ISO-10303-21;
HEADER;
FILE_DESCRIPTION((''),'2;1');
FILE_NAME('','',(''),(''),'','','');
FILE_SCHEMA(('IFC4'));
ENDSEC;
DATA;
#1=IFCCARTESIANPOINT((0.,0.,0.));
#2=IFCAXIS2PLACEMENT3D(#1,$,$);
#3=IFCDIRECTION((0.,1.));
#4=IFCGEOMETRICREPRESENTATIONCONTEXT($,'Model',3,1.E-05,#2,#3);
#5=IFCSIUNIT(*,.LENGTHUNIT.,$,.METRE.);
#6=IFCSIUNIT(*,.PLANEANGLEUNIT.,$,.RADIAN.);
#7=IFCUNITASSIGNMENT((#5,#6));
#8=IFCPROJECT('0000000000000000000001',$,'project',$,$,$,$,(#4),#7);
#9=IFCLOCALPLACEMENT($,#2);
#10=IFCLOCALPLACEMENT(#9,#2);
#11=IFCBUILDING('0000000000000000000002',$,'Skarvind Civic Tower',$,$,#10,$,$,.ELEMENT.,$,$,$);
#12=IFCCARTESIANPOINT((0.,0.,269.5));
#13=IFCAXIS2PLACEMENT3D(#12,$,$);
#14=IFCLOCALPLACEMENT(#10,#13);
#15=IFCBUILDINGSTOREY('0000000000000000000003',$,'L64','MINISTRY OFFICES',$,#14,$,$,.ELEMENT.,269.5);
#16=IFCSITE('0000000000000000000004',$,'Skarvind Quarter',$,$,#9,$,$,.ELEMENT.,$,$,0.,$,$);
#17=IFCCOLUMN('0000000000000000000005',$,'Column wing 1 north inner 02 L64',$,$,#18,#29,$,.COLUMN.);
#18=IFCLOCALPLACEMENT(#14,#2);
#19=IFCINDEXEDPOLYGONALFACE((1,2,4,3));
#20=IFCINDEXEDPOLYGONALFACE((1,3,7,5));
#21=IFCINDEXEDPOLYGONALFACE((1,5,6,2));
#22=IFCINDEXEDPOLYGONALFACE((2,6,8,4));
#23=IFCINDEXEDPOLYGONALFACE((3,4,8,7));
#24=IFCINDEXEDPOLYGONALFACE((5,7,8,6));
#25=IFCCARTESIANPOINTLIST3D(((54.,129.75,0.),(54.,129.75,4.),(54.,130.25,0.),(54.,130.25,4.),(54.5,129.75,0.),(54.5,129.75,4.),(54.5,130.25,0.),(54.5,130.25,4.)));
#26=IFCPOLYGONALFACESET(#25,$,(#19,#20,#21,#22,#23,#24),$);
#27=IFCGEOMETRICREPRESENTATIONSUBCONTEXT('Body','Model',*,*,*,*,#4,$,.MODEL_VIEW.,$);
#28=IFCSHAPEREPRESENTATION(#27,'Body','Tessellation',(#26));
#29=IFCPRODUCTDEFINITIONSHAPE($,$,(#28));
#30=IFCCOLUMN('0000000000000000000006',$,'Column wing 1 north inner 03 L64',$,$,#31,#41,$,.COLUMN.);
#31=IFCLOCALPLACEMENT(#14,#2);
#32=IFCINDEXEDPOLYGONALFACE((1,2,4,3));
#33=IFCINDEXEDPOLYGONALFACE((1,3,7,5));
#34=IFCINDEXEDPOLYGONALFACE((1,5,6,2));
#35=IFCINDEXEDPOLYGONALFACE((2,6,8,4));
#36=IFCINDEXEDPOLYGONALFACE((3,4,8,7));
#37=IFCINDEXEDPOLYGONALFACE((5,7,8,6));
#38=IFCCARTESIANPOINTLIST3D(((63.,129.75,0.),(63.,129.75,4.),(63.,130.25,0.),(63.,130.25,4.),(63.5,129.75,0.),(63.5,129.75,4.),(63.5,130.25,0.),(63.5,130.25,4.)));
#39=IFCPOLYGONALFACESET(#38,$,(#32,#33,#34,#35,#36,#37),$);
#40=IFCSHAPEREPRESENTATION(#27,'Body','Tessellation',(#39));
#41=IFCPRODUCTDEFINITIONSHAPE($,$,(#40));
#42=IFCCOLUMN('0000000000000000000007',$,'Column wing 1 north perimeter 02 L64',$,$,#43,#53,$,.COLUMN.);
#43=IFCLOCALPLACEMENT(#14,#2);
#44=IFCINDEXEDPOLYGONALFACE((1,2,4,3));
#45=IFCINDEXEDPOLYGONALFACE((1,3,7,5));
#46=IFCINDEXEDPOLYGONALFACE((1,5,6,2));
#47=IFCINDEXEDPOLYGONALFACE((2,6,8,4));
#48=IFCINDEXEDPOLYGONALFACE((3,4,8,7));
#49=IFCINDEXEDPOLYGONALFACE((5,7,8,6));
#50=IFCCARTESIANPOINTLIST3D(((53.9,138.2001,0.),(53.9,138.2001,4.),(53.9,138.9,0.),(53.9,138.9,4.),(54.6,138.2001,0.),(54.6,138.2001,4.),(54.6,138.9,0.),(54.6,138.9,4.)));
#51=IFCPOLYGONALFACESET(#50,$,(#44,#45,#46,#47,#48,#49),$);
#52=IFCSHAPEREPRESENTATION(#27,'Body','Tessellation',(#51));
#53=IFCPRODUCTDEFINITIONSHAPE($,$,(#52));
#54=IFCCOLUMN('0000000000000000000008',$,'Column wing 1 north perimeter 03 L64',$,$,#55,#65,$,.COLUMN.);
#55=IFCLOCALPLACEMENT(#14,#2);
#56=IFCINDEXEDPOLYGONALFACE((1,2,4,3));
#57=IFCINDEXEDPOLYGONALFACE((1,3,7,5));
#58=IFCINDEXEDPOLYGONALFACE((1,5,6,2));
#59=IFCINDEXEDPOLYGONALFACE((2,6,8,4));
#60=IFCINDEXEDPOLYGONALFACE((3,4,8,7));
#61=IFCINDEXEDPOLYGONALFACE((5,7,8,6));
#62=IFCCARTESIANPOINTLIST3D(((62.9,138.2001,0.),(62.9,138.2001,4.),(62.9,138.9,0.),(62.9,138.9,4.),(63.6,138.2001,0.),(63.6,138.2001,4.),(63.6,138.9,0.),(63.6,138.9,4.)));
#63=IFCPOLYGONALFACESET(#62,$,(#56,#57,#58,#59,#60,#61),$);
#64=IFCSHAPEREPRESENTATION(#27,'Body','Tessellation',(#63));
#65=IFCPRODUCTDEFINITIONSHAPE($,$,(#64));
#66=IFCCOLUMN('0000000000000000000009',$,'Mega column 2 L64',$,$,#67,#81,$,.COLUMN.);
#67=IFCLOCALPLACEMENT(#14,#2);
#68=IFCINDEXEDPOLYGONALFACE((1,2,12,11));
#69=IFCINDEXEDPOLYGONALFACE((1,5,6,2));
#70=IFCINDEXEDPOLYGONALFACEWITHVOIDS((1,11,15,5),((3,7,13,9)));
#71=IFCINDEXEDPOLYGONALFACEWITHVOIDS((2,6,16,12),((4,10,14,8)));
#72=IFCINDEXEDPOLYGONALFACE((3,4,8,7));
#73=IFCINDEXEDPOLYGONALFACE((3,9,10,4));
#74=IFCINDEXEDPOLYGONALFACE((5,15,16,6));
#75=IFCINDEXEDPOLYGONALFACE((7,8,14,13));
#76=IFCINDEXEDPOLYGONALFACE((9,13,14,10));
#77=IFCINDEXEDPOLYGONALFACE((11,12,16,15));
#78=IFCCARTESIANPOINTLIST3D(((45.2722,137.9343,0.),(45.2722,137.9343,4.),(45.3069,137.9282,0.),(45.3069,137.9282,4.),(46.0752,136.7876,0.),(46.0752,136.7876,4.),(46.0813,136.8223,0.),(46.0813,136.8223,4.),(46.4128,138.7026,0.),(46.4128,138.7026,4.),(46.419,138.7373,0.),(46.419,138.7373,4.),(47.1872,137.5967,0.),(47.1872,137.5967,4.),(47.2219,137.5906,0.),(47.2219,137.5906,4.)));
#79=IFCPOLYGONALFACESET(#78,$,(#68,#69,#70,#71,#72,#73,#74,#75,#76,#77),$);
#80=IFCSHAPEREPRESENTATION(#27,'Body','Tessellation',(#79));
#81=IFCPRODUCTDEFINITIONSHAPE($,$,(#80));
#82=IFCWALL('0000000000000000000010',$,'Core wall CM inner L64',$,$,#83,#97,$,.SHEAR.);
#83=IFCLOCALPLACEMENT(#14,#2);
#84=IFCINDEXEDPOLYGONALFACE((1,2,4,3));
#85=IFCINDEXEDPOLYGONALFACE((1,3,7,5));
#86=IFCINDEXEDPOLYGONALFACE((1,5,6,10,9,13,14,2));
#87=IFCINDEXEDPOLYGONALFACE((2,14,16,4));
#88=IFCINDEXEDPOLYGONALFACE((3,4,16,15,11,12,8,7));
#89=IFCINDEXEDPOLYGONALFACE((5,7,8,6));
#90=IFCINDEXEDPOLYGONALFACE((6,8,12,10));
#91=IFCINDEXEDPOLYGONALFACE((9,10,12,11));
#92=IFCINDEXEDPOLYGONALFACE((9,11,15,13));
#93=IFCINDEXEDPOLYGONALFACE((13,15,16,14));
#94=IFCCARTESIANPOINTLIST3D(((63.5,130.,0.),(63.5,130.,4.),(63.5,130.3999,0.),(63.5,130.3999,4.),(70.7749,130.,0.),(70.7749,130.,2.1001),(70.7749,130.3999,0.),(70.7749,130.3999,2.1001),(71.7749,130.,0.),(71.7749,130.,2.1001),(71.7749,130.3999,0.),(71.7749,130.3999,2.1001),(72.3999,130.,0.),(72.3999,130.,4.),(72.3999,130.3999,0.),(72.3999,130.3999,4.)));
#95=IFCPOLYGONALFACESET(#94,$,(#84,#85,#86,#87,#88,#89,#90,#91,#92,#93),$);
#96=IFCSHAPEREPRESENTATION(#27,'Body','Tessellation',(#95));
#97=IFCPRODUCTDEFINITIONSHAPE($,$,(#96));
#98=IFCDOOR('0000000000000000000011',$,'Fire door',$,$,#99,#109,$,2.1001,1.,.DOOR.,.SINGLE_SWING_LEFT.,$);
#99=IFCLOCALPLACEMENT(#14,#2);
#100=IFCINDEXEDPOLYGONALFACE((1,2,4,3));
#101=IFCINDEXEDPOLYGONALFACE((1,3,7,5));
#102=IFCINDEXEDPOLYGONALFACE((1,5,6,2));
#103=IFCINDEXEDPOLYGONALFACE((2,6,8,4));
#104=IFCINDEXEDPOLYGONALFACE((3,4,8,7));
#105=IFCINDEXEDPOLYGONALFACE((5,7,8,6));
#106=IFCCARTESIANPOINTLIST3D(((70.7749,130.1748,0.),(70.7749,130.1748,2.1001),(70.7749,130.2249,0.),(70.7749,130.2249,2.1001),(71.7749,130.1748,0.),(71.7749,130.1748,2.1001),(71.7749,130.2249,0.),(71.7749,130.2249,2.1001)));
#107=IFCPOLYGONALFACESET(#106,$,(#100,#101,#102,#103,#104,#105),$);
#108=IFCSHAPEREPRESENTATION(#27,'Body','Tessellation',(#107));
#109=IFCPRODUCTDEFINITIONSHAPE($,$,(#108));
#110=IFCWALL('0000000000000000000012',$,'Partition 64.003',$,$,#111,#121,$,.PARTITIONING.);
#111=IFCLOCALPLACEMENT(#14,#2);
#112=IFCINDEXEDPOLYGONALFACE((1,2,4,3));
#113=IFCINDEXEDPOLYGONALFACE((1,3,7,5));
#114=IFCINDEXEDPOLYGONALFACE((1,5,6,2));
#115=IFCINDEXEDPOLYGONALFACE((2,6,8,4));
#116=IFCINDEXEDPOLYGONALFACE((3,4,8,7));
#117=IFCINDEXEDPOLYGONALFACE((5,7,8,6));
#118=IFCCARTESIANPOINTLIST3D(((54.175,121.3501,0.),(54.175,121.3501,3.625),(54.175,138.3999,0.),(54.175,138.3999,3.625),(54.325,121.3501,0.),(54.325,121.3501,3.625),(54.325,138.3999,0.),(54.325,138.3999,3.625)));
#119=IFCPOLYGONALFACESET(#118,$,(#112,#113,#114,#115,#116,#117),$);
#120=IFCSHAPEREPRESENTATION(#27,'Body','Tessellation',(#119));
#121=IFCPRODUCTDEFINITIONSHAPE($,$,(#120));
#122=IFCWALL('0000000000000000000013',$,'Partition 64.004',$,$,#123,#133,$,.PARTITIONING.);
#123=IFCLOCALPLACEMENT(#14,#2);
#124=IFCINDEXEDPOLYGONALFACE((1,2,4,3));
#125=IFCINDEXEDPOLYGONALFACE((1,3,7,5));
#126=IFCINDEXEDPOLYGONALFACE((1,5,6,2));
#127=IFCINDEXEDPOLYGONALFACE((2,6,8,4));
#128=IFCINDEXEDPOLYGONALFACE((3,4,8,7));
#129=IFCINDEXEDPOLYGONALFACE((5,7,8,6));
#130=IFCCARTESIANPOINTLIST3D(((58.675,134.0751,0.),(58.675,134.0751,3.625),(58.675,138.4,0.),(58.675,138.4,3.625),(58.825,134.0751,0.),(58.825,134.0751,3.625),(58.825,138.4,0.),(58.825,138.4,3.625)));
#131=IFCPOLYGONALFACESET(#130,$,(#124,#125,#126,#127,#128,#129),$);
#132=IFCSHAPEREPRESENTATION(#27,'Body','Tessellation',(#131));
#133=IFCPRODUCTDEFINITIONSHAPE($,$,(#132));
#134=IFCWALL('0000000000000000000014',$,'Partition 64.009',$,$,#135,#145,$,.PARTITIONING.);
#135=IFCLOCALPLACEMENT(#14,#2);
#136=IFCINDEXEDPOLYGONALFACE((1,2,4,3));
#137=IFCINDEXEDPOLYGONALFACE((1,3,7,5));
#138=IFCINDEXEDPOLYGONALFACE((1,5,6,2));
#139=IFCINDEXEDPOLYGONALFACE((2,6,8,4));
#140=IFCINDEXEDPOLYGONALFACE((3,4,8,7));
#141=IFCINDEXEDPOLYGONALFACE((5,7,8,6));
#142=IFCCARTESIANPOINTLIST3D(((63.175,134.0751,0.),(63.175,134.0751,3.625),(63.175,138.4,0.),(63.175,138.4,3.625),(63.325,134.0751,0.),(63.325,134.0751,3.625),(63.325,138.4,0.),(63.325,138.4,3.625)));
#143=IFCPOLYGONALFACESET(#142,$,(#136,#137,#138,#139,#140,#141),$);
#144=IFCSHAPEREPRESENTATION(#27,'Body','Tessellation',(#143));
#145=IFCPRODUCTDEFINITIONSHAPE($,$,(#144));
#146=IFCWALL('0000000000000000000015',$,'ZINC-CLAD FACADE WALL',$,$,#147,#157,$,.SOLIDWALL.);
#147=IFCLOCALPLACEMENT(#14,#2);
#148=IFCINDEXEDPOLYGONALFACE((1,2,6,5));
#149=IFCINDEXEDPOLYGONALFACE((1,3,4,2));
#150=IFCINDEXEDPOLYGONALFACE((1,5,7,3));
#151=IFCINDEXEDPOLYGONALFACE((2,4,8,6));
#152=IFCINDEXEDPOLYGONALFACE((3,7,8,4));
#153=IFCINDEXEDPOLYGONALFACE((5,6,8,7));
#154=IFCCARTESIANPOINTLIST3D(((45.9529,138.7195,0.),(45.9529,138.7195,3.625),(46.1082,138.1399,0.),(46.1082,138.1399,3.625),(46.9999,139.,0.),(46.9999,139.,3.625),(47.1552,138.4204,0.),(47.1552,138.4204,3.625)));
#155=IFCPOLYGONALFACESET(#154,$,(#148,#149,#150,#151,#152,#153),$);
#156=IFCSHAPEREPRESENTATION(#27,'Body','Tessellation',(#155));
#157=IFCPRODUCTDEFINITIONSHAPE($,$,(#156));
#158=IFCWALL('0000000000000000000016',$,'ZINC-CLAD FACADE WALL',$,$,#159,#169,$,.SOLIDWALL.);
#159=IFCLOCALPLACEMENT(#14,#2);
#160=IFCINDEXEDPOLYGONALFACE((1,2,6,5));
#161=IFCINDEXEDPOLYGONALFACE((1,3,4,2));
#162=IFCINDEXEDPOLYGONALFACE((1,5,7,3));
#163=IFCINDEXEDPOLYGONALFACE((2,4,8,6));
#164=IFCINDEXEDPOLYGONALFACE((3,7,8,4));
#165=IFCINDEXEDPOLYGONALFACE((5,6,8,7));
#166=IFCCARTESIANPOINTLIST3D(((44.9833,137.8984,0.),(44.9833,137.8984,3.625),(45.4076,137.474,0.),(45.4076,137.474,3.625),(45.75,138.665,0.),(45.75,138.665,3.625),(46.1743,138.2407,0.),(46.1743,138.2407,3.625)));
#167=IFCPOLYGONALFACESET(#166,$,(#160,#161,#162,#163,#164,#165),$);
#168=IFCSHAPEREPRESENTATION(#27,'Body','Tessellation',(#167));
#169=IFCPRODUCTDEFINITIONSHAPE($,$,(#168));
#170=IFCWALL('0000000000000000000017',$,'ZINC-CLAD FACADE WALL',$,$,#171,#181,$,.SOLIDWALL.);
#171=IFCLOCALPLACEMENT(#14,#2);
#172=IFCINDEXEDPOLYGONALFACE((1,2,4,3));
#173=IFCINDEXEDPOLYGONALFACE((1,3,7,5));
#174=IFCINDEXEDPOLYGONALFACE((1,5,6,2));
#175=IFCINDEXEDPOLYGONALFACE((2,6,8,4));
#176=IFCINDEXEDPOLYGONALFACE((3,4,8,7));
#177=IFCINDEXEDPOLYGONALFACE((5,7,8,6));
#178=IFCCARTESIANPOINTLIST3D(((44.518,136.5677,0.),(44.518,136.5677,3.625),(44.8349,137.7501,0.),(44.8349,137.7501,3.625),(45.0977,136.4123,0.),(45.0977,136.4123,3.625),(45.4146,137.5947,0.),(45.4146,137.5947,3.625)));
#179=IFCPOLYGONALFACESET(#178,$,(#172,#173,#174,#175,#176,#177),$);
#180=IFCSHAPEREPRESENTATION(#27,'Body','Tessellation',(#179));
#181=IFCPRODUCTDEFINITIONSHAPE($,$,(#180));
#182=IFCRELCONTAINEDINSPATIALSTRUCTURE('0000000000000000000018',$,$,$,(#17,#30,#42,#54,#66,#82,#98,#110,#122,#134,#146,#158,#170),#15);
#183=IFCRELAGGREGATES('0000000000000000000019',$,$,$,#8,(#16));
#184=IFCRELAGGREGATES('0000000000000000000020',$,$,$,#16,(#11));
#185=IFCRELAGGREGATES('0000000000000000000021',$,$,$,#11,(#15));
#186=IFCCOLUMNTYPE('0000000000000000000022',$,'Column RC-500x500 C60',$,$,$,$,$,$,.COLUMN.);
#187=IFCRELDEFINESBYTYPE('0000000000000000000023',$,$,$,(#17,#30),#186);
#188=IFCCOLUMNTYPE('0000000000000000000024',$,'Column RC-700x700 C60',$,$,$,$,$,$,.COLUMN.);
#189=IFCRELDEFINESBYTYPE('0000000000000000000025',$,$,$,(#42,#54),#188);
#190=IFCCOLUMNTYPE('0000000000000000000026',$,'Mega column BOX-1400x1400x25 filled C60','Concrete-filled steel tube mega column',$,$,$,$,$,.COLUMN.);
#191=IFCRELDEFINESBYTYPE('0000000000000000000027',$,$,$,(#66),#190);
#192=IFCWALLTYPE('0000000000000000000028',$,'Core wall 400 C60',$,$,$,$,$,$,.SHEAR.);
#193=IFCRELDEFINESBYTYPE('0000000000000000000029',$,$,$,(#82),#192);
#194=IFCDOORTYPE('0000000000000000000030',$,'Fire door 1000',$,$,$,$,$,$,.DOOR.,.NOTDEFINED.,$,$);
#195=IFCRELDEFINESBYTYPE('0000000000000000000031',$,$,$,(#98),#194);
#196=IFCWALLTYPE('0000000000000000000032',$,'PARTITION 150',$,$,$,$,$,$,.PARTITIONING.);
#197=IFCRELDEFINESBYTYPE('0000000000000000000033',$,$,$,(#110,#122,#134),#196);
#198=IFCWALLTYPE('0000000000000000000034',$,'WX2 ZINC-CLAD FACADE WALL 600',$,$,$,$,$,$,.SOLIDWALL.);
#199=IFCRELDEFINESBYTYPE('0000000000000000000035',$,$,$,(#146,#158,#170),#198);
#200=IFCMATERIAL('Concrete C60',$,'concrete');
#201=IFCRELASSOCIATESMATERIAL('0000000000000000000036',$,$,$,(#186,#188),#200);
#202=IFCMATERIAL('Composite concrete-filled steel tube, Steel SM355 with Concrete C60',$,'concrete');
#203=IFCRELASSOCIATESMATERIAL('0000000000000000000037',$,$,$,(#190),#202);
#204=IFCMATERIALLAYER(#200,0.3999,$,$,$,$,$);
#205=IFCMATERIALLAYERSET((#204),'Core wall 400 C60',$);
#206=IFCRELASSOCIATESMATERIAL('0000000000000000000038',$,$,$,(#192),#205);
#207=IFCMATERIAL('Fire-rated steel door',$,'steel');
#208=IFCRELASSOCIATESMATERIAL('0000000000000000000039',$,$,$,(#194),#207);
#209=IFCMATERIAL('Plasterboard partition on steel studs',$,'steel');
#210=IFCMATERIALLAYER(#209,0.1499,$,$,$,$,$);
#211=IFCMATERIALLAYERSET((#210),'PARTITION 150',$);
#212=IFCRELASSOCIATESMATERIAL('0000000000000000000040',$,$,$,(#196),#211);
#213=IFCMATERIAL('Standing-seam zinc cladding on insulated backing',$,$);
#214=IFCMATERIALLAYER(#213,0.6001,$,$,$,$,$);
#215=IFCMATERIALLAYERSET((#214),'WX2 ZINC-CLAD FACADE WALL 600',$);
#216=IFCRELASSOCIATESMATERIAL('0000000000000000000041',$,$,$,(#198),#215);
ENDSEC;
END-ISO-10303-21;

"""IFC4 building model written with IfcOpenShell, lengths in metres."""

from ifc_helpers import new_model, si_unit, direction, frame, frame_2d, origin, origin_2d, place, context, subcontext, project, spatial, rectangle, hollow_rectangle, extrude, material, layer, layer_set, material_profile, profile_set, type_object, element, fill, save


model = new_model("IFC4")

# Units and contexts
model_context = context("Model", 3, precision=1e-05, world=origin(), true_north=direction((0.0, 1.0)))
body_context = subcontext(model_context, "Body", "Model", "MODEL_VIEW")
ifc_project = project(units=[si_unit("LENGTHUNIT", "METRE"), si_unit("PLANEANGLEUNIT", "RADIAN")], contexts=[model_context])

# Site, building, storey
site_placement = place(None, origin())
site = spatial("IfcSite", under=ifc_project, at=site_placement, Name="Skarvind Quarter", CompositionType="ELEMENT", RefElevation=0.0)
building_placement = place(site_placement, origin())
building = spatial("IfcBuilding", under=site, at=building_placement, Name="Skarvind Civic Tower", CompositionType="ELEMENT")
storey_placement = place(building_placement, frame((0.0, 0.0, 269.5)))
storey = spatial("IfcBuildingStorey", under=building, at=storey_placement, Name="L64", Description="MINISTRY OFFICES", CompositionType="ELEMENT", Elevation=269.5)

# Columns
ifc_material_1 = material(Name="Concrete C60", Category="concrete")
ifc_material_profile_1 = material_profile(ifc_material_1, rectangle(XDim=0.5, YDim=0.5, at=origin_2d()), Name="RC-500x500")
ifc_profile_set_1 = profile_set([ifc_material_profile_1], Name="Concrete C60")
column_type_1 = type_object("IfcColumnType", Name="Column RC-500x500 C60", PredefinedType="COLUMN", material=ifc_profile_set_1)
for number, where, z_axis, x_axis, name in (
    (1, (54.25, 130.0, 0.0), (0.0, 0.0, 1.0), (1.0, 0.0, 0.0), "Column wing 1 north inner 02 L64"),
    (2, (63.25, 130.0, 0.0), (0.0, 0.0, 1.0), (1.0, 0.0, 0.0), "Column wing 1 north inner 03 L64"),
):
    element("IfcColumn", number, at=place(storey_placement, frame(where, z_axis=z_axis, x_axis=x_axis)), inside=storey, type_object=column_type_1, Name=name, PredefinedType="COLUMN", context=body_context, shape_type="SweptSolid", body=[
        extrude(rectangle(XDim=0.5, YDim=0.5, at=origin_2d()), origin(), (0.0, 0.0, 1.0), 4.0),
    ])
ifc_material_profile_2 = material_profile(ifc_material_1, rectangle(XDim=0.7, YDim=0.7, at=origin_2d()), Name="RC-700x700")
ifc_profile_set_2 = profile_set([ifc_material_profile_2], Name="Concrete C60")
column_type_2 = type_object("IfcColumnType", Name="Column RC-700x700 C60", PredefinedType="COLUMN", material=ifc_profile_set_2)
for number, where, z_axis, x_axis, name in (
    (3, (54.25, 138.55, 0.0), (0.0, 0.0, 1.0), (1.0, 0.0, 0.0), "Column wing 1 north perimeter 02 L64"),
    (4, (63.25, 138.55, 0.0), (0.0, 0.0, 1.0), (1.0, 0.0, 0.0), "Column wing 1 north perimeter 03 L64"),
):
    element("IfcColumn", number, at=place(storey_placement, frame(where, z_axis=z_axis, x_axis=x_axis)), inside=storey, type_object=column_type_2, Name=name, PredefinedType="COLUMN", context=body_context, shape_type="SweptSolid", body=[
        extrude(rectangle(XDim=0.7, YDim=0.7, at=origin_2d()), origin(), (0.0, 0.0, 1.0), 4.0),
    ])
ifc_material_2 = material(Name="Composite concrete-filled steel tube, Steel SM355 with Concrete C60", Category="concrete")
ifc_material_profile_3 = material_profile(ifc_material_2, hollow_rectangle(XDim=1.3999, YDim=1.3999, WallThickness=0.0249, at=origin_2d()), Name="BOX-1400x1400x25")
ifc_profile_set_3 = profile_set([ifc_material_profile_3], Name="Composite concrete-filled steel tube, Steel SM355 with Concrete C60")
column_type_3 = type_object("IfcColumnType", Name="Mega column BOX-1400x1400x25 filled C60", Description="Concrete-filled steel tube mega column", PredefinedType="COLUMN", material=ifc_profile_set_3)
column_placement = place(storey_placement, frame((46.2471, 137.7625, 0.0), z_axis=(0.0, 0.0, 1.0), x_axis=(0.573576, -0.819152, 0.0)))
element("IfcColumn", 5, at=column_placement, inside=storey, type_object=column_type_3, Name="Mega column 2 L64", PredefinedType="COLUMN", context=body_context, shape_type="SweptSolid", body=[
    extrude(hollow_rectangle(XDim=1.3999, YDim=1.3999, WallThickness=0.0249, at=origin_2d()), origin(), (0.0, 0.0, 1.0), 4.0),
])

# Wall, opening, door
ifc_layer_1 = layer(ifc_material_1, 0.3999)
ifc_layer_set_1 = layer_set([ifc_layer_1], Name="Core wall 400 C60")
wall_type_1 = type_object("IfcWallType", Name="Core wall 400 C60", PredefinedType="SHEAR", material=ifc_layer_set_1)
wall_1_placement = place(storey_placement, frame((63.5, 130.2, 0.0), z_axis=(0.0, 0.0, 1.0), x_axis=(1.0, 0.0, 0.0)))
wall_1 = element("IfcWall", 6, at=wall_1_placement, inside=storey, type_object=wall_type_1, Name="Core wall CM inner L64", PredefinedType="SHEAR", context=body_context, shape_type="SweptSolid", body=[
    extrude(rectangle(XDim=8.8999, YDim=0.3999, at=frame_2d((4.45, 0.0))), origin(), (0.0, 0.0, 1.0), 4.0),
])
opening_1_placement = place(wall_1_placement, frame((7.2749, 0.0, 0.0)))
opening_1 = element("IfcOpeningElement", 7, at=opening_1_placement, cuts=wall_1, PredefinedType="OPENING", context=body_context, shape_type="SweptSolid", body=[
    extrude(rectangle(XDim=1.0, YDim=2.1001, at=frame_2d((0.5, 1.05))), frame((0.0, 0.21, 0.0), z_axis=(0.0, -1.0, 0.0), x_axis=(1.0, 0.0, 0.0)), (0.0, 0.0, 1.0), 0.4199),
])
ifc_material_3 = material(Name="Fire-rated steel door", Category="steel")
door_type = type_object("IfcDoorType", Name="Fire door 1000", OperationType="NOTDEFINED", PredefinedType="DOOR", material=ifc_material_3)
door_placement = place(opening_1_placement, origin())
door = element("IfcDoor", 8, at=door_placement, inside=storey, type_object=door_type, Name="Fire door", OperationType="SINGLE_SWING_LEFT", OverallHeight=2.1001, OverallWidth=1.0, PredefinedType="DOOR", context=body_context, shape_type="SweptSolid", body=[
    extrude(rectangle(XDim=1.0, YDim=2.1001, at=frame_2d((0.5, 1.05))), frame((0.0, 0.0249, 0.0), z_axis=(0.0, -1.0, 0.0), x_axis=(1.0, 0.0, 0.0)), (0.0, 0.0, 1.0), 0.05),
])
fill(opening_1, door)

# Walls
ifc_material_4 = material(Name="Plasterboard partition on steel studs", Category="steel")
ifc_layer_2 = layer(ifc_material_4, 0.1499)
ifc_layer_set_2 = layer_set([ifc_layer_2], Name="PARTITION 150")
wall_type_2 = type_object("IfcWallType", Name="PARTITION 150", PredefinedType="PARTITIONING", material=ifc_layer_set_2)
wall_2_placement = place(storey_placement, frame((54.25, 138.3999, 0.0), z_axis=(0.0, 0.0, 1.0), x_axis=(0.0, -1.0, 0.0)))
element("IfcWall", 9, at=wall_2_placement, inside=storey, type_object=wall_type_2, Name="Partition 64.003", PredefinedType="PARTITIONING", context=body_context, shape_type="SweptSolid", body=[
    extrude(rectangle(XDim=17.0498, YDim=0.1499, at=frame_2d((8.5249, 0.0))), origin(), (0.0, 0.0, 1.0), 3.625),
])
for number, where, z_axis, x_axis, name in (
    (10, (58.75, 134.075, 0.0), (0.0, 0.0, 1.0), (0.0, 1.0, 0.0), "Partition 64.004"),
    (11, (63.25, 134.075, 0.0), (0.0, 0.0, 1.0), (0.0, 1.0, 0.0), "Partition 64.009"),
):
    element("IfcWall", number, at=place(storey_placement, frame(where, z_axis=z_axis, x_axis=x_axis)), inside=storey, type_object=wall_type_2, Name=name, PredefinedType="PARTITIONING", context=body_context, shape_type="SweptSolid", body=[
        extrude(rectangle(XDim=4.325, YDim=0.1499, at=frame_2d((2.1626, 0.0))), origin(), (0.0, 0.0, 1.0), 3.625),
    ])

# Shared definitions
ifc_material_5 = material(Name="Standing-seam zinc cladding on insulated backing")
ifc_layer_3 = layer(ifc_material_5, 0.6001)
ifc_layer_set_3 = layer_set([ifc_layer_3], Name="WX2 ZINC-CLAD FACADE WALL 600")
wall_type_3 = type_object("IfcWallType", Name="WX2 ZINC-CLAD FACADE WALL 600", PredefinedType="SOLIDWALL", material=ifc_layer_set_3)

# Walls
wall_3_placement = place(storey_placement, frame((46.0305, 138.4297, 0.0), z_axis=(0.0, 0.0, 1.0), x_axis=(0.965939, 0.25877, 0.0)))
element("IfcWall", 12, at=wall_3_placement, inside=storey, type_object=wall_type_3, Name="ZINC-CLAD FACADE WALL", PredefinedType="SOLIDWALL", context=body_context, shape_type="SweptSolid", body=[
    extrude(rectangle(XDim=1.084, YDim=0.6001, at=frame_2d((0.542, 0.0))), origin(), (0.0, 0.0, 1.0), 3.625),
])
wall_4_placement = place(storey_placement, frame((45.1956, 137.6863, 0.0), z_axis=(0.0, 0.0, 1.0), x_axis=(0.707107, 0.707107, 0.0)))
element("IfcWall", 13, at=wall_4_placement, inside=storey, type_object=wall_type_3, Name="ZINC-CLAD FACADE WALL", PredefinedType="SOLIDWALL", context=body_context, shape_type="SweptSolid", body=[
    extrude(rectangle(XDim=1.0842, YDim=0.6001, at=frame_2d((0.542, 0.0))), origin(), (0.0, 0.0, 1.0), 3.625),
])
wall_5_placement = place(storey_placement, frame((44.8079, 136.49, 0.0), z_axis=(0.0, 0.0, 1.0), x_axis=(0.258879, 0.96591, 0.0)))
element("IfcWall", 14, at=wall_5_placement, inside=storey, type_object=wall_type_3, Name="ZINC-CLAD FACADE WALL", PredefinedType="SOLIDWALL", context=body_context, shape_type="SweptSolid", body=[
    extrude(rectangle(XDim=1.2241, YDim=0.6001, at=frame_2d((0.6121, 0.0))), origin(), (0.0, 0.0, 1.0), 3.625),
])

save(model, "model.ifc")
